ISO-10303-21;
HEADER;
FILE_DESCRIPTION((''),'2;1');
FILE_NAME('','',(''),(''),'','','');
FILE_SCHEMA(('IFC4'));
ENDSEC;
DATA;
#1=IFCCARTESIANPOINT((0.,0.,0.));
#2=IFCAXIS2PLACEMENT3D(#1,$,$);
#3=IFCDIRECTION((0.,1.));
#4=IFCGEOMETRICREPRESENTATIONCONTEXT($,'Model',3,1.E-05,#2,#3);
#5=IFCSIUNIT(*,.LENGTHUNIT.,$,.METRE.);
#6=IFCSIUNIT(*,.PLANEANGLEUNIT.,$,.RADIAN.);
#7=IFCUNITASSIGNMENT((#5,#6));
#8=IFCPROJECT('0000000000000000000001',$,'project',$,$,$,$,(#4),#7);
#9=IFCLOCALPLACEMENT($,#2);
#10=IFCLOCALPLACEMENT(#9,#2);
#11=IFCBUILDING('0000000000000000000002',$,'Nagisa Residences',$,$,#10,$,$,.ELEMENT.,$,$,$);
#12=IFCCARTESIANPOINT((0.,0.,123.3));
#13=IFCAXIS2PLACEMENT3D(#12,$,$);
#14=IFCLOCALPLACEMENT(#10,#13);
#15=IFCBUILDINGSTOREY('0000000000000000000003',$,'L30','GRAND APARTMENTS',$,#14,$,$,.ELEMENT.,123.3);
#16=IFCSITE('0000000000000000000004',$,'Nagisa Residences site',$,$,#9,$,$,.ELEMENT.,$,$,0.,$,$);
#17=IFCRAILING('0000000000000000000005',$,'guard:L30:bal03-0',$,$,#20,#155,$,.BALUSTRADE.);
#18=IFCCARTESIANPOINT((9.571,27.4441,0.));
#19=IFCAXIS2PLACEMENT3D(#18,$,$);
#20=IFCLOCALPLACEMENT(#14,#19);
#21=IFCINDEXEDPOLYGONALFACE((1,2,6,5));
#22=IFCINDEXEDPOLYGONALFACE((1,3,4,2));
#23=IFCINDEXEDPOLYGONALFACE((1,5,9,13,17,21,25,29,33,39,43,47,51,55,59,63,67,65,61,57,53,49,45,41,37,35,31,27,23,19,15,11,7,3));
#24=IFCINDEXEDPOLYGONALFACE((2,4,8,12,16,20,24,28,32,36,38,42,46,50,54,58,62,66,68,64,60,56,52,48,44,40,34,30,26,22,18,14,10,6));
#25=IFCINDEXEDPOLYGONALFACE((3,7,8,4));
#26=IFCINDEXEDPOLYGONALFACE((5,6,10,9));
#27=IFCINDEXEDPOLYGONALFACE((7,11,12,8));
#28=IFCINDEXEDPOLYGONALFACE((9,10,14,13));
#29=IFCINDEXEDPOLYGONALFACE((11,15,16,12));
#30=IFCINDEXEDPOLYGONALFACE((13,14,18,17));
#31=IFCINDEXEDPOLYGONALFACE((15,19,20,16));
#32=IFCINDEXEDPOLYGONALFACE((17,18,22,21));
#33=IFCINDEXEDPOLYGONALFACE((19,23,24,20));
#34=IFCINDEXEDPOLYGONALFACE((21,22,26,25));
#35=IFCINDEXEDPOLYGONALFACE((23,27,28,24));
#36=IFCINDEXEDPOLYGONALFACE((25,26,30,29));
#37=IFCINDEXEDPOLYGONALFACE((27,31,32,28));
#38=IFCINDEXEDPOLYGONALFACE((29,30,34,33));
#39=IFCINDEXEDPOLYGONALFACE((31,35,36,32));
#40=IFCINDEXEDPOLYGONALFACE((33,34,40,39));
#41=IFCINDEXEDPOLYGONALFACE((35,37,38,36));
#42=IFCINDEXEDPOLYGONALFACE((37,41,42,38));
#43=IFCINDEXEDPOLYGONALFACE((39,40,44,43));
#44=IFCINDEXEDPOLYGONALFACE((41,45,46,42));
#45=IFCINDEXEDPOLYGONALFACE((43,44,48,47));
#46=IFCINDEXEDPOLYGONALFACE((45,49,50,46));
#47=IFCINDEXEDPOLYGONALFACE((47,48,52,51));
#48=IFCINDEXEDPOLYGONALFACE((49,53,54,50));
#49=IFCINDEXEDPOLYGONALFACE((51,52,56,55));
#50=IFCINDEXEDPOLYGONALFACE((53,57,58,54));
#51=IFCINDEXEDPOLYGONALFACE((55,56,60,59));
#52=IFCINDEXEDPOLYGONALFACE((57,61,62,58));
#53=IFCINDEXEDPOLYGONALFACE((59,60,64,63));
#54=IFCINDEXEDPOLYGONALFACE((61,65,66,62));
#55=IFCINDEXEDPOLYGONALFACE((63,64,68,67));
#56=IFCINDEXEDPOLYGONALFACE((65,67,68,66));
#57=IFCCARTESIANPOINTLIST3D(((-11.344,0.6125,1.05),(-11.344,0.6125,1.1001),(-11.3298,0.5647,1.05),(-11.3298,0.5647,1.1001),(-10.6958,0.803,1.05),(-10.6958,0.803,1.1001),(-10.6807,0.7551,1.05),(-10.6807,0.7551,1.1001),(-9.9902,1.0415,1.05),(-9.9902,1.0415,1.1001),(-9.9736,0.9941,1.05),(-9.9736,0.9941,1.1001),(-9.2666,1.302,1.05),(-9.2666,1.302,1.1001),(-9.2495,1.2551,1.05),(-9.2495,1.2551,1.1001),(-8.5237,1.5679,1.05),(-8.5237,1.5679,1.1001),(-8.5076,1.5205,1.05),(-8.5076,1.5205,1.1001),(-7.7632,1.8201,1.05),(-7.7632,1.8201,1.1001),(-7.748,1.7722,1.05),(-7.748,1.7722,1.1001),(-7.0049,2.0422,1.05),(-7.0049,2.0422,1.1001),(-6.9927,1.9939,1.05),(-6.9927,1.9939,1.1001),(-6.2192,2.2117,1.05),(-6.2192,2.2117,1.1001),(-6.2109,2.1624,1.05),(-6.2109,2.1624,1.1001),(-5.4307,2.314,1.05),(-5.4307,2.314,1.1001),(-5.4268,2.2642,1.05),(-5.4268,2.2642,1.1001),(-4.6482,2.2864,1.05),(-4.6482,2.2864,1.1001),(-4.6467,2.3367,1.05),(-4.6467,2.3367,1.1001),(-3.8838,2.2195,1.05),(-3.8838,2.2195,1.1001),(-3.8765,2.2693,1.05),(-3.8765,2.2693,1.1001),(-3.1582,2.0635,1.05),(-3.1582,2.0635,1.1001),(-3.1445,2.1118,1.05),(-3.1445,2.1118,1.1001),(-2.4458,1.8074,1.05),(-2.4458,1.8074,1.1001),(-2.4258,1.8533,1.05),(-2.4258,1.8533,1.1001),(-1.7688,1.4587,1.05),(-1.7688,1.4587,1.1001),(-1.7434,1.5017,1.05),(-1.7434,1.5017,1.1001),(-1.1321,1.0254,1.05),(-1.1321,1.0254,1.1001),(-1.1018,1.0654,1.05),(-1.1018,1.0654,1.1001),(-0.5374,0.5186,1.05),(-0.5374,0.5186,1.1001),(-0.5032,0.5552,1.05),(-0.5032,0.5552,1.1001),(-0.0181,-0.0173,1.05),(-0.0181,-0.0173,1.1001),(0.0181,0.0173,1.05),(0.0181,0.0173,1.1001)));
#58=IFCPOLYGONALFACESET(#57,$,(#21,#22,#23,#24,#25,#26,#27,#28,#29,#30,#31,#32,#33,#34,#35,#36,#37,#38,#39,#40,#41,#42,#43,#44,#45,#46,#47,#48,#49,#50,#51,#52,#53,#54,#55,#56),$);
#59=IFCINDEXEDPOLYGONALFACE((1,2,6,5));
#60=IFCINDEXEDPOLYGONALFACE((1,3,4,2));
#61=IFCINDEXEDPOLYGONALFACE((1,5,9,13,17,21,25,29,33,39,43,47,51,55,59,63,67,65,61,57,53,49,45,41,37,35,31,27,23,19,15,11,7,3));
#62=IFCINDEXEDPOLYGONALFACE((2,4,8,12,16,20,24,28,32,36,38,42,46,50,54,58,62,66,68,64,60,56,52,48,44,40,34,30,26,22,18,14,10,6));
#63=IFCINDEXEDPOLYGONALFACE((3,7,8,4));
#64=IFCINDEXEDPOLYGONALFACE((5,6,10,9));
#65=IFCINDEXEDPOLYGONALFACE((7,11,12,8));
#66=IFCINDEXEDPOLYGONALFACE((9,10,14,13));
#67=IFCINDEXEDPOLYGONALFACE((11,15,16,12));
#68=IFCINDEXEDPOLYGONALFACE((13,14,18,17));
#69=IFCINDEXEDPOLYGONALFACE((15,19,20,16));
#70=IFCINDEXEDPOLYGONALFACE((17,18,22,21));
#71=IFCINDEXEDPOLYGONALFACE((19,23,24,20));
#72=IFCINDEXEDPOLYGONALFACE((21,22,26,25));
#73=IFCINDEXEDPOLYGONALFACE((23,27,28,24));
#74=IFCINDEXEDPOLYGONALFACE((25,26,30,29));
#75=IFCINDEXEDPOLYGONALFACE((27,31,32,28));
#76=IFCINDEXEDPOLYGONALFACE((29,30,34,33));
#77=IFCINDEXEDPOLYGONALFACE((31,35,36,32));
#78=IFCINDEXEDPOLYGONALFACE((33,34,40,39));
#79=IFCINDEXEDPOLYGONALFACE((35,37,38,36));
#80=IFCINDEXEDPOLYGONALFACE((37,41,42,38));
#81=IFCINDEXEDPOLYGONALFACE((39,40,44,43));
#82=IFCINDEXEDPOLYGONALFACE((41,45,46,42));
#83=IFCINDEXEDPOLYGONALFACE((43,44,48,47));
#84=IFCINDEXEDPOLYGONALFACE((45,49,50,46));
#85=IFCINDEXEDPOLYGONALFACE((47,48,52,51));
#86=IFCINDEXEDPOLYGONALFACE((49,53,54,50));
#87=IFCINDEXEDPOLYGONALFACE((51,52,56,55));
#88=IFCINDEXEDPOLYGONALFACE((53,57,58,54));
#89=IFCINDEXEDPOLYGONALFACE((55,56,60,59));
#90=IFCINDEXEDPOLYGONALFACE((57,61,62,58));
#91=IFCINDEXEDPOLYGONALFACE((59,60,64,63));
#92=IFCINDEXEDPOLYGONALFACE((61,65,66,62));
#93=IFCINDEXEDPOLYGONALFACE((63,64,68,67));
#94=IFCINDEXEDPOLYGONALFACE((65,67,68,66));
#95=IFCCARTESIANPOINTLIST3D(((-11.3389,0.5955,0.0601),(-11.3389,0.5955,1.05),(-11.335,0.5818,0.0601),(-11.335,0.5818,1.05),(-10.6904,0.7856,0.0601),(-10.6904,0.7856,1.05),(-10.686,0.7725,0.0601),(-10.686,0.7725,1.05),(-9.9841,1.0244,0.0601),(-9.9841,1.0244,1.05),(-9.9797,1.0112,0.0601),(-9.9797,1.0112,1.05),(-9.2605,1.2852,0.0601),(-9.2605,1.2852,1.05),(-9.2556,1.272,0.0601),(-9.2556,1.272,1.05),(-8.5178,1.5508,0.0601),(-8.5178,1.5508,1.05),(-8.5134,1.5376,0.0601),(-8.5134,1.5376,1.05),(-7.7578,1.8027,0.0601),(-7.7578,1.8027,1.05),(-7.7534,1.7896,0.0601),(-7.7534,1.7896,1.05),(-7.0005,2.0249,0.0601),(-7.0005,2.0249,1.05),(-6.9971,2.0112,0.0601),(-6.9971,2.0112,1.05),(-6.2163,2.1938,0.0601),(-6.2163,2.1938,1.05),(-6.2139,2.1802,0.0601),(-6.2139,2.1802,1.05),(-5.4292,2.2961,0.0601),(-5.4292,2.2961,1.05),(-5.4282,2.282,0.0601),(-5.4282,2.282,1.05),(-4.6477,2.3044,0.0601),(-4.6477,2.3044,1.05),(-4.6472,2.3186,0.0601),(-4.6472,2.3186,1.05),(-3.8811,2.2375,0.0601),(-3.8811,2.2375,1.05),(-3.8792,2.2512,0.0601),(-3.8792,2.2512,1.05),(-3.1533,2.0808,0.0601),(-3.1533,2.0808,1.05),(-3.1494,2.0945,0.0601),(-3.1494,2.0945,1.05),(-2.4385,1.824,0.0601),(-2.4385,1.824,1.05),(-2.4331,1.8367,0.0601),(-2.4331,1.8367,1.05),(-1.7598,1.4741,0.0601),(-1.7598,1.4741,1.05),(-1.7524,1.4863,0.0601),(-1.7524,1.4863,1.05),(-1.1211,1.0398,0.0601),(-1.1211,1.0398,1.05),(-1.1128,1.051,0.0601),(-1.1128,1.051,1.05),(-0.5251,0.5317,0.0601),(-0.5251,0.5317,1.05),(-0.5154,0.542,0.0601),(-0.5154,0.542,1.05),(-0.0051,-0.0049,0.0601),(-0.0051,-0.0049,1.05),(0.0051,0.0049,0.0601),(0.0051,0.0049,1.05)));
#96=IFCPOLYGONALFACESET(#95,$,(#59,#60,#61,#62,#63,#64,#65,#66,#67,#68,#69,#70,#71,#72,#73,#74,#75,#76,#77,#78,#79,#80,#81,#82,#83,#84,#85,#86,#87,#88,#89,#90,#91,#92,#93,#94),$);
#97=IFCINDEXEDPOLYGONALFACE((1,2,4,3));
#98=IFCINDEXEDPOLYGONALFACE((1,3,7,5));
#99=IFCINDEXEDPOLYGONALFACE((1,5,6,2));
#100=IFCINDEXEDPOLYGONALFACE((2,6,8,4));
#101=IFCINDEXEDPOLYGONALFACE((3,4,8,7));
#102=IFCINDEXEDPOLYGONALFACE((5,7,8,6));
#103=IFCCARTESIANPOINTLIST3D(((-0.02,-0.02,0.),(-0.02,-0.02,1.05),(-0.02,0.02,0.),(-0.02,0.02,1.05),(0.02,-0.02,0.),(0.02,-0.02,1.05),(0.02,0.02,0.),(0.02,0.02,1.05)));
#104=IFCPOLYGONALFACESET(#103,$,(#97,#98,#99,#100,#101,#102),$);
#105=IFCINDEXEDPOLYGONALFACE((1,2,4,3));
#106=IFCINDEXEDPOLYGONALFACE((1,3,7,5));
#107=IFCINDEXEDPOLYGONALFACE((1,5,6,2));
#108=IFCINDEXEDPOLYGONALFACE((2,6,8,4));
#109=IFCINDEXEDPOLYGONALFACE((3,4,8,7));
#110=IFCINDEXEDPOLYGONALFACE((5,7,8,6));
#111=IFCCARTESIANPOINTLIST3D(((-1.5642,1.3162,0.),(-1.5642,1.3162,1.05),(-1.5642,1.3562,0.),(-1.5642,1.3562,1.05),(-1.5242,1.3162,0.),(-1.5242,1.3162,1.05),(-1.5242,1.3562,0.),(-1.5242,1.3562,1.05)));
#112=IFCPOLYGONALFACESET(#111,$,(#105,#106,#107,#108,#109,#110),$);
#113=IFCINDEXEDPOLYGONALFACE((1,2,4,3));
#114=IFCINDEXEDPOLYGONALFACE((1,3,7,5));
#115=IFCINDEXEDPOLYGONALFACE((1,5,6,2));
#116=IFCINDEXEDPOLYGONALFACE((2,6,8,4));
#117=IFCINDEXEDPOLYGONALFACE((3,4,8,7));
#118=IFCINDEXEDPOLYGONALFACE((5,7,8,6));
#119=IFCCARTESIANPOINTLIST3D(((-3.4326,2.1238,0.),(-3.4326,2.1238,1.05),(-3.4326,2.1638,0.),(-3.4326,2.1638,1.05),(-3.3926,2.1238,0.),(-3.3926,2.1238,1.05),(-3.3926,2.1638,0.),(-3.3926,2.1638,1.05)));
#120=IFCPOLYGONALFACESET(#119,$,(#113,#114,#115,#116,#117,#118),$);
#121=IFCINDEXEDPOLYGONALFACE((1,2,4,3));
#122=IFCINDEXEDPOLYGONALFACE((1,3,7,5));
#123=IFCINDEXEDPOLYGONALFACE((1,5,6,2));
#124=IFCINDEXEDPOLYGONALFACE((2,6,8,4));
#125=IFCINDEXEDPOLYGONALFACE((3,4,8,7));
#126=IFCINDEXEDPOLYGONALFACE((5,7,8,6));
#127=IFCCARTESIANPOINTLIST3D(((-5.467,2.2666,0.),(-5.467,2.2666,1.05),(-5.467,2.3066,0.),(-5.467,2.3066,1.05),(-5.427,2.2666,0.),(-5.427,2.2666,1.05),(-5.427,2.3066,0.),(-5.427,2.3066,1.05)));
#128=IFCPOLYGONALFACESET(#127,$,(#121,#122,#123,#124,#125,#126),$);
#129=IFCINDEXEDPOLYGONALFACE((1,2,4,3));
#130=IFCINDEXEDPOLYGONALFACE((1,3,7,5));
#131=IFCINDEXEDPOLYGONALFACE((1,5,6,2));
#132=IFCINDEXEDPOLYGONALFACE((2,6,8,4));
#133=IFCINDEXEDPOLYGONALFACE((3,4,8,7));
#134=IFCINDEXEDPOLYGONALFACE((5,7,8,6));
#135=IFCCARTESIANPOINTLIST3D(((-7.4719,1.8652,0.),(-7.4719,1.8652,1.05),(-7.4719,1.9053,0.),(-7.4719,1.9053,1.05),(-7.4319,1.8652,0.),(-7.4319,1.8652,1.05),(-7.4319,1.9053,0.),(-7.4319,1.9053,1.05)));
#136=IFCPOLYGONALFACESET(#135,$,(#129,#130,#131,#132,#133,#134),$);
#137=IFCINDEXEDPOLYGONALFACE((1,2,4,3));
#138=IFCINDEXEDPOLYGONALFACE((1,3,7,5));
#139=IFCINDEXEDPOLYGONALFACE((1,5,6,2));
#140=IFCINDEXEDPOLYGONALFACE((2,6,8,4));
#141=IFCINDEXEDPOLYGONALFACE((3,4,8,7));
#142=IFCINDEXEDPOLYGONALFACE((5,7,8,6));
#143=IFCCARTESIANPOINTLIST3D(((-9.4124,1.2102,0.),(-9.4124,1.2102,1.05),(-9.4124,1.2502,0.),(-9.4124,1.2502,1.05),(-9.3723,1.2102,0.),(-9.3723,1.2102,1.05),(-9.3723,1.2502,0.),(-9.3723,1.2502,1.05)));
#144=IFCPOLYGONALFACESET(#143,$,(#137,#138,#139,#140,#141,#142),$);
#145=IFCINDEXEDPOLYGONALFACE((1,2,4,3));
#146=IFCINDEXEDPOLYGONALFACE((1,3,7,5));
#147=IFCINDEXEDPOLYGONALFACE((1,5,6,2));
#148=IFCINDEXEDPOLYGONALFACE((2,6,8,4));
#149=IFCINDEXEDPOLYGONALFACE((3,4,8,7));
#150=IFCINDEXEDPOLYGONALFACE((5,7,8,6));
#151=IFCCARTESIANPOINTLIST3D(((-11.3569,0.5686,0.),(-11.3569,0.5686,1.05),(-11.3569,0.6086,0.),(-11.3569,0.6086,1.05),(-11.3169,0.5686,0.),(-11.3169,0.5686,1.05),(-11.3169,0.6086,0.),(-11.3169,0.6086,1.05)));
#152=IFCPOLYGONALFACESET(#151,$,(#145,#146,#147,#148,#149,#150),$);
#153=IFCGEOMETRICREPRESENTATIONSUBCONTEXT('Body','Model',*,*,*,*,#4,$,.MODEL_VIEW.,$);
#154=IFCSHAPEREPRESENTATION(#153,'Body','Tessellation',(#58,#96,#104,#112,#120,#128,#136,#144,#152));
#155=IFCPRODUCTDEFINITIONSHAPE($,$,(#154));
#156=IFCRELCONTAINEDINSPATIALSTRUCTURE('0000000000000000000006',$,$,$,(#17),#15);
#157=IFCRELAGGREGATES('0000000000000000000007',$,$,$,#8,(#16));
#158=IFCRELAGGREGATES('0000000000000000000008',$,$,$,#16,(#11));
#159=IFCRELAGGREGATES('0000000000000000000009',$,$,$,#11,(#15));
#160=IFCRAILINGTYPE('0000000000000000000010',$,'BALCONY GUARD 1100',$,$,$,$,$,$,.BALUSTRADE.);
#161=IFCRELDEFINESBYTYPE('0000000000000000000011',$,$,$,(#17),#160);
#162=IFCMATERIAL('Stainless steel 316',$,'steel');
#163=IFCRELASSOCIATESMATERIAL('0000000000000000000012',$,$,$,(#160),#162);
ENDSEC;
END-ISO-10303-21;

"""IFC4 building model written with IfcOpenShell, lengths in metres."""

from ifc_helpers import new_model, si_unit, direction, frame, origin, origin_2d, place, context, subcontext, project, spatial, polyline, rectangle, outline, extrude, material, type_object, element, save


model = new_model("IFC4")

# Units and contexts
model_context = context("Model", 3, precision=1e-05, world=origin(), true_north=direction((0.0, 1.0)))
body_context = subcontext(model_context, "Body", "Model", "MODEL_VIEW")
ifc_project = project(units=[si_unit("LENGTHUNIT", "METRE"), si_unit("PLANEANGLEUNIT", "RADIAN")], contexts=[model_context])

# Site, building, storey
site_placement = place(None, origin())
site = spatial("IfcSite", under=ifc_project, at=site_placement, Name="Nagisa Residences site", CompositionType="ELEMENT", RefElevation=0.0)
building_placement = place(site_placement, origin())
building = spatial("IfcBuilding", under=site, at=building_placement, Name="Nagisa Residences", CompositionType="ELEMENT")
storey_placement = place(building_placement, frame((0.0, 0.0, 123.3)))
storey = spatial("IfcBuildingStorey", under=building, at=storey_placement, Name="L30", Description="GRAND APARTMENTS", CompositionType="ELEMENT", Elevation=123.3)

# Railing
ifc_material_1 = material(Name="Stainless steel 316", Category="steel")
railing_type = type_object("IfcRailingType", Name="BALCONY GUARD 1100", PredefinedType="BALUSTRADE", material=ifc_material_1)
railing_1_placement = place(storey_placement, frame((9.571, 27.4441, 0.0)))
element("IfcRailing", 1, at=railing_1_placement, inside=storey, type_object=railing_type, Name="guard:L30:bal03-0", PredefinedType="BALUSTRADE", context=body_context, shape_type="SweptSolid", body=[
    extrude(outline(polyline([(-0.5374, 0.5186), (-0.0181, -0.0173), (0.0181, 0.0173), (-0.5032, 0.5552), (-1.1018, 1.0654), (-1.7434, 1.5017), (-2.4258, 1.8533), (-3.1445, 2.1118), (-3.8765, 2.2693), (-4.6467, 2.3367), (-5.4307, 2.314), (-6.2192, 2.2117), (-7.0049, 2.0422), (-7.7632, 1.8201), (-8.5237, 1.5679), (-9.2666, 1.302), (-9.9902, 1.0415), (-10.6958, 0.803), (-11.344, 0.6125), (-11.3298, 0.5647), (-10.6807, 0.7551), (-9.9736, 0.9941), (-9.2495, 1.2551), (-8.5076, 1.5205), (-7.748, 1.7722), (-6.9927, 1.9939), (-6.2109, 2.1624), (-5.4268, 2.2642), (-4.6482, 2.2864), (-3.8838, 2.2195), (-3.1582, 2.0635), (-2.4458, 1.8074), (-1.7688, 1.4587), (-1.1321, 1.0254), (-0.5374, 0.5186)])), frame((0.0, 0.0, 1.05)), (0.0, 0.0, 1.0), 0.05),
    extrude(outline(polyline([(-0.5251, 0.5317), (-0.0051, -0.0049), (0.0051, 0.0049), (-0.5154, 0.542), (-1.1128, 1.051), (-1.7524, 1.4863), (-2.4331, 1.8367), (-3.1494, 2.0945), (-3.8792, 2.2512), (-4.6472, 2.3186), (-5.4292, 2.2961), (-6.2163, 2.1938), (-7.0005, 2.0249), (-7.7578, 1.8027), (-8.5178, 1.5508), (-9.2605, 1.2852), (-9.9841, 1.0244), (-10.6904, 0.7856), (-11.3389, 0.5955), (-11.335, 0.5818), (-10.686, 0.7725), (-9.9797, 1.0112), (-9.2556, 1.272), (-8.5134, 1.5376), (-7.7534, 1.7896), (-6.9971, 2.0112), (-6.2139, 2.1802), (-5.4282, 2.282), (-4.6477, 2.3044), (-3.8811, 2.2375), (-3.1533, 2.0808), (-2.4385, 1.824), (-1.7598, 1.4741), (-1.1211, 1.0398), (-0.5251, 0.5317)])), frame((0.0, 0.0, 0.0601)), (0.0, 0.0, 1.0), 0.99),
    extrude(rectangle(XDim=0.04, YDim=0.04, at=origin_2d()), origin(), (0.0, 0.0, 1.0), 1.05),
    extrude(rectangle(XDim=0.04, YDim=0.04, at=origin_2d()), frame((-1.5442, 1.3362, 0.0)), (0.0, 0.0, 1.0), 1.05),
    extrude(rectangle(XDim=0.04, YDim=0.04, at=origin_2d()), frame((-3.4126, 2.1438, 0.0)), (0.0, 0.0, 1.0), 1.05),
    extrude(rectangle(XDim=0.04, YDim=0.04, at=origin_2d()), frame((-5.447, 2.2866, 0.0)), (0.0, 0.0, 1.0), 1.05),
    extrude(rectangle(XDim=0.04, YDim=0.04, at=origin_2d()), frame((-7.4519, 1.8853, 0.0)), (0.0, 0.0, 1.0), 1.05),
    extrude(rectangle(XDim=0.04, YDim=0.04, at=origin_2d()), frame((-9.3923, 1.2302, 0.0)), (0.0, 0.0, 1.0), 1.05),
    extrude(rectangle(XDim=0.04, YDim=0.04, at=origin_2d()), frame((-11.3369, 0.5886, 0.0)), (0.0, 0.0, 1.0), 1.05),
])

save(model, "model.ifc")
